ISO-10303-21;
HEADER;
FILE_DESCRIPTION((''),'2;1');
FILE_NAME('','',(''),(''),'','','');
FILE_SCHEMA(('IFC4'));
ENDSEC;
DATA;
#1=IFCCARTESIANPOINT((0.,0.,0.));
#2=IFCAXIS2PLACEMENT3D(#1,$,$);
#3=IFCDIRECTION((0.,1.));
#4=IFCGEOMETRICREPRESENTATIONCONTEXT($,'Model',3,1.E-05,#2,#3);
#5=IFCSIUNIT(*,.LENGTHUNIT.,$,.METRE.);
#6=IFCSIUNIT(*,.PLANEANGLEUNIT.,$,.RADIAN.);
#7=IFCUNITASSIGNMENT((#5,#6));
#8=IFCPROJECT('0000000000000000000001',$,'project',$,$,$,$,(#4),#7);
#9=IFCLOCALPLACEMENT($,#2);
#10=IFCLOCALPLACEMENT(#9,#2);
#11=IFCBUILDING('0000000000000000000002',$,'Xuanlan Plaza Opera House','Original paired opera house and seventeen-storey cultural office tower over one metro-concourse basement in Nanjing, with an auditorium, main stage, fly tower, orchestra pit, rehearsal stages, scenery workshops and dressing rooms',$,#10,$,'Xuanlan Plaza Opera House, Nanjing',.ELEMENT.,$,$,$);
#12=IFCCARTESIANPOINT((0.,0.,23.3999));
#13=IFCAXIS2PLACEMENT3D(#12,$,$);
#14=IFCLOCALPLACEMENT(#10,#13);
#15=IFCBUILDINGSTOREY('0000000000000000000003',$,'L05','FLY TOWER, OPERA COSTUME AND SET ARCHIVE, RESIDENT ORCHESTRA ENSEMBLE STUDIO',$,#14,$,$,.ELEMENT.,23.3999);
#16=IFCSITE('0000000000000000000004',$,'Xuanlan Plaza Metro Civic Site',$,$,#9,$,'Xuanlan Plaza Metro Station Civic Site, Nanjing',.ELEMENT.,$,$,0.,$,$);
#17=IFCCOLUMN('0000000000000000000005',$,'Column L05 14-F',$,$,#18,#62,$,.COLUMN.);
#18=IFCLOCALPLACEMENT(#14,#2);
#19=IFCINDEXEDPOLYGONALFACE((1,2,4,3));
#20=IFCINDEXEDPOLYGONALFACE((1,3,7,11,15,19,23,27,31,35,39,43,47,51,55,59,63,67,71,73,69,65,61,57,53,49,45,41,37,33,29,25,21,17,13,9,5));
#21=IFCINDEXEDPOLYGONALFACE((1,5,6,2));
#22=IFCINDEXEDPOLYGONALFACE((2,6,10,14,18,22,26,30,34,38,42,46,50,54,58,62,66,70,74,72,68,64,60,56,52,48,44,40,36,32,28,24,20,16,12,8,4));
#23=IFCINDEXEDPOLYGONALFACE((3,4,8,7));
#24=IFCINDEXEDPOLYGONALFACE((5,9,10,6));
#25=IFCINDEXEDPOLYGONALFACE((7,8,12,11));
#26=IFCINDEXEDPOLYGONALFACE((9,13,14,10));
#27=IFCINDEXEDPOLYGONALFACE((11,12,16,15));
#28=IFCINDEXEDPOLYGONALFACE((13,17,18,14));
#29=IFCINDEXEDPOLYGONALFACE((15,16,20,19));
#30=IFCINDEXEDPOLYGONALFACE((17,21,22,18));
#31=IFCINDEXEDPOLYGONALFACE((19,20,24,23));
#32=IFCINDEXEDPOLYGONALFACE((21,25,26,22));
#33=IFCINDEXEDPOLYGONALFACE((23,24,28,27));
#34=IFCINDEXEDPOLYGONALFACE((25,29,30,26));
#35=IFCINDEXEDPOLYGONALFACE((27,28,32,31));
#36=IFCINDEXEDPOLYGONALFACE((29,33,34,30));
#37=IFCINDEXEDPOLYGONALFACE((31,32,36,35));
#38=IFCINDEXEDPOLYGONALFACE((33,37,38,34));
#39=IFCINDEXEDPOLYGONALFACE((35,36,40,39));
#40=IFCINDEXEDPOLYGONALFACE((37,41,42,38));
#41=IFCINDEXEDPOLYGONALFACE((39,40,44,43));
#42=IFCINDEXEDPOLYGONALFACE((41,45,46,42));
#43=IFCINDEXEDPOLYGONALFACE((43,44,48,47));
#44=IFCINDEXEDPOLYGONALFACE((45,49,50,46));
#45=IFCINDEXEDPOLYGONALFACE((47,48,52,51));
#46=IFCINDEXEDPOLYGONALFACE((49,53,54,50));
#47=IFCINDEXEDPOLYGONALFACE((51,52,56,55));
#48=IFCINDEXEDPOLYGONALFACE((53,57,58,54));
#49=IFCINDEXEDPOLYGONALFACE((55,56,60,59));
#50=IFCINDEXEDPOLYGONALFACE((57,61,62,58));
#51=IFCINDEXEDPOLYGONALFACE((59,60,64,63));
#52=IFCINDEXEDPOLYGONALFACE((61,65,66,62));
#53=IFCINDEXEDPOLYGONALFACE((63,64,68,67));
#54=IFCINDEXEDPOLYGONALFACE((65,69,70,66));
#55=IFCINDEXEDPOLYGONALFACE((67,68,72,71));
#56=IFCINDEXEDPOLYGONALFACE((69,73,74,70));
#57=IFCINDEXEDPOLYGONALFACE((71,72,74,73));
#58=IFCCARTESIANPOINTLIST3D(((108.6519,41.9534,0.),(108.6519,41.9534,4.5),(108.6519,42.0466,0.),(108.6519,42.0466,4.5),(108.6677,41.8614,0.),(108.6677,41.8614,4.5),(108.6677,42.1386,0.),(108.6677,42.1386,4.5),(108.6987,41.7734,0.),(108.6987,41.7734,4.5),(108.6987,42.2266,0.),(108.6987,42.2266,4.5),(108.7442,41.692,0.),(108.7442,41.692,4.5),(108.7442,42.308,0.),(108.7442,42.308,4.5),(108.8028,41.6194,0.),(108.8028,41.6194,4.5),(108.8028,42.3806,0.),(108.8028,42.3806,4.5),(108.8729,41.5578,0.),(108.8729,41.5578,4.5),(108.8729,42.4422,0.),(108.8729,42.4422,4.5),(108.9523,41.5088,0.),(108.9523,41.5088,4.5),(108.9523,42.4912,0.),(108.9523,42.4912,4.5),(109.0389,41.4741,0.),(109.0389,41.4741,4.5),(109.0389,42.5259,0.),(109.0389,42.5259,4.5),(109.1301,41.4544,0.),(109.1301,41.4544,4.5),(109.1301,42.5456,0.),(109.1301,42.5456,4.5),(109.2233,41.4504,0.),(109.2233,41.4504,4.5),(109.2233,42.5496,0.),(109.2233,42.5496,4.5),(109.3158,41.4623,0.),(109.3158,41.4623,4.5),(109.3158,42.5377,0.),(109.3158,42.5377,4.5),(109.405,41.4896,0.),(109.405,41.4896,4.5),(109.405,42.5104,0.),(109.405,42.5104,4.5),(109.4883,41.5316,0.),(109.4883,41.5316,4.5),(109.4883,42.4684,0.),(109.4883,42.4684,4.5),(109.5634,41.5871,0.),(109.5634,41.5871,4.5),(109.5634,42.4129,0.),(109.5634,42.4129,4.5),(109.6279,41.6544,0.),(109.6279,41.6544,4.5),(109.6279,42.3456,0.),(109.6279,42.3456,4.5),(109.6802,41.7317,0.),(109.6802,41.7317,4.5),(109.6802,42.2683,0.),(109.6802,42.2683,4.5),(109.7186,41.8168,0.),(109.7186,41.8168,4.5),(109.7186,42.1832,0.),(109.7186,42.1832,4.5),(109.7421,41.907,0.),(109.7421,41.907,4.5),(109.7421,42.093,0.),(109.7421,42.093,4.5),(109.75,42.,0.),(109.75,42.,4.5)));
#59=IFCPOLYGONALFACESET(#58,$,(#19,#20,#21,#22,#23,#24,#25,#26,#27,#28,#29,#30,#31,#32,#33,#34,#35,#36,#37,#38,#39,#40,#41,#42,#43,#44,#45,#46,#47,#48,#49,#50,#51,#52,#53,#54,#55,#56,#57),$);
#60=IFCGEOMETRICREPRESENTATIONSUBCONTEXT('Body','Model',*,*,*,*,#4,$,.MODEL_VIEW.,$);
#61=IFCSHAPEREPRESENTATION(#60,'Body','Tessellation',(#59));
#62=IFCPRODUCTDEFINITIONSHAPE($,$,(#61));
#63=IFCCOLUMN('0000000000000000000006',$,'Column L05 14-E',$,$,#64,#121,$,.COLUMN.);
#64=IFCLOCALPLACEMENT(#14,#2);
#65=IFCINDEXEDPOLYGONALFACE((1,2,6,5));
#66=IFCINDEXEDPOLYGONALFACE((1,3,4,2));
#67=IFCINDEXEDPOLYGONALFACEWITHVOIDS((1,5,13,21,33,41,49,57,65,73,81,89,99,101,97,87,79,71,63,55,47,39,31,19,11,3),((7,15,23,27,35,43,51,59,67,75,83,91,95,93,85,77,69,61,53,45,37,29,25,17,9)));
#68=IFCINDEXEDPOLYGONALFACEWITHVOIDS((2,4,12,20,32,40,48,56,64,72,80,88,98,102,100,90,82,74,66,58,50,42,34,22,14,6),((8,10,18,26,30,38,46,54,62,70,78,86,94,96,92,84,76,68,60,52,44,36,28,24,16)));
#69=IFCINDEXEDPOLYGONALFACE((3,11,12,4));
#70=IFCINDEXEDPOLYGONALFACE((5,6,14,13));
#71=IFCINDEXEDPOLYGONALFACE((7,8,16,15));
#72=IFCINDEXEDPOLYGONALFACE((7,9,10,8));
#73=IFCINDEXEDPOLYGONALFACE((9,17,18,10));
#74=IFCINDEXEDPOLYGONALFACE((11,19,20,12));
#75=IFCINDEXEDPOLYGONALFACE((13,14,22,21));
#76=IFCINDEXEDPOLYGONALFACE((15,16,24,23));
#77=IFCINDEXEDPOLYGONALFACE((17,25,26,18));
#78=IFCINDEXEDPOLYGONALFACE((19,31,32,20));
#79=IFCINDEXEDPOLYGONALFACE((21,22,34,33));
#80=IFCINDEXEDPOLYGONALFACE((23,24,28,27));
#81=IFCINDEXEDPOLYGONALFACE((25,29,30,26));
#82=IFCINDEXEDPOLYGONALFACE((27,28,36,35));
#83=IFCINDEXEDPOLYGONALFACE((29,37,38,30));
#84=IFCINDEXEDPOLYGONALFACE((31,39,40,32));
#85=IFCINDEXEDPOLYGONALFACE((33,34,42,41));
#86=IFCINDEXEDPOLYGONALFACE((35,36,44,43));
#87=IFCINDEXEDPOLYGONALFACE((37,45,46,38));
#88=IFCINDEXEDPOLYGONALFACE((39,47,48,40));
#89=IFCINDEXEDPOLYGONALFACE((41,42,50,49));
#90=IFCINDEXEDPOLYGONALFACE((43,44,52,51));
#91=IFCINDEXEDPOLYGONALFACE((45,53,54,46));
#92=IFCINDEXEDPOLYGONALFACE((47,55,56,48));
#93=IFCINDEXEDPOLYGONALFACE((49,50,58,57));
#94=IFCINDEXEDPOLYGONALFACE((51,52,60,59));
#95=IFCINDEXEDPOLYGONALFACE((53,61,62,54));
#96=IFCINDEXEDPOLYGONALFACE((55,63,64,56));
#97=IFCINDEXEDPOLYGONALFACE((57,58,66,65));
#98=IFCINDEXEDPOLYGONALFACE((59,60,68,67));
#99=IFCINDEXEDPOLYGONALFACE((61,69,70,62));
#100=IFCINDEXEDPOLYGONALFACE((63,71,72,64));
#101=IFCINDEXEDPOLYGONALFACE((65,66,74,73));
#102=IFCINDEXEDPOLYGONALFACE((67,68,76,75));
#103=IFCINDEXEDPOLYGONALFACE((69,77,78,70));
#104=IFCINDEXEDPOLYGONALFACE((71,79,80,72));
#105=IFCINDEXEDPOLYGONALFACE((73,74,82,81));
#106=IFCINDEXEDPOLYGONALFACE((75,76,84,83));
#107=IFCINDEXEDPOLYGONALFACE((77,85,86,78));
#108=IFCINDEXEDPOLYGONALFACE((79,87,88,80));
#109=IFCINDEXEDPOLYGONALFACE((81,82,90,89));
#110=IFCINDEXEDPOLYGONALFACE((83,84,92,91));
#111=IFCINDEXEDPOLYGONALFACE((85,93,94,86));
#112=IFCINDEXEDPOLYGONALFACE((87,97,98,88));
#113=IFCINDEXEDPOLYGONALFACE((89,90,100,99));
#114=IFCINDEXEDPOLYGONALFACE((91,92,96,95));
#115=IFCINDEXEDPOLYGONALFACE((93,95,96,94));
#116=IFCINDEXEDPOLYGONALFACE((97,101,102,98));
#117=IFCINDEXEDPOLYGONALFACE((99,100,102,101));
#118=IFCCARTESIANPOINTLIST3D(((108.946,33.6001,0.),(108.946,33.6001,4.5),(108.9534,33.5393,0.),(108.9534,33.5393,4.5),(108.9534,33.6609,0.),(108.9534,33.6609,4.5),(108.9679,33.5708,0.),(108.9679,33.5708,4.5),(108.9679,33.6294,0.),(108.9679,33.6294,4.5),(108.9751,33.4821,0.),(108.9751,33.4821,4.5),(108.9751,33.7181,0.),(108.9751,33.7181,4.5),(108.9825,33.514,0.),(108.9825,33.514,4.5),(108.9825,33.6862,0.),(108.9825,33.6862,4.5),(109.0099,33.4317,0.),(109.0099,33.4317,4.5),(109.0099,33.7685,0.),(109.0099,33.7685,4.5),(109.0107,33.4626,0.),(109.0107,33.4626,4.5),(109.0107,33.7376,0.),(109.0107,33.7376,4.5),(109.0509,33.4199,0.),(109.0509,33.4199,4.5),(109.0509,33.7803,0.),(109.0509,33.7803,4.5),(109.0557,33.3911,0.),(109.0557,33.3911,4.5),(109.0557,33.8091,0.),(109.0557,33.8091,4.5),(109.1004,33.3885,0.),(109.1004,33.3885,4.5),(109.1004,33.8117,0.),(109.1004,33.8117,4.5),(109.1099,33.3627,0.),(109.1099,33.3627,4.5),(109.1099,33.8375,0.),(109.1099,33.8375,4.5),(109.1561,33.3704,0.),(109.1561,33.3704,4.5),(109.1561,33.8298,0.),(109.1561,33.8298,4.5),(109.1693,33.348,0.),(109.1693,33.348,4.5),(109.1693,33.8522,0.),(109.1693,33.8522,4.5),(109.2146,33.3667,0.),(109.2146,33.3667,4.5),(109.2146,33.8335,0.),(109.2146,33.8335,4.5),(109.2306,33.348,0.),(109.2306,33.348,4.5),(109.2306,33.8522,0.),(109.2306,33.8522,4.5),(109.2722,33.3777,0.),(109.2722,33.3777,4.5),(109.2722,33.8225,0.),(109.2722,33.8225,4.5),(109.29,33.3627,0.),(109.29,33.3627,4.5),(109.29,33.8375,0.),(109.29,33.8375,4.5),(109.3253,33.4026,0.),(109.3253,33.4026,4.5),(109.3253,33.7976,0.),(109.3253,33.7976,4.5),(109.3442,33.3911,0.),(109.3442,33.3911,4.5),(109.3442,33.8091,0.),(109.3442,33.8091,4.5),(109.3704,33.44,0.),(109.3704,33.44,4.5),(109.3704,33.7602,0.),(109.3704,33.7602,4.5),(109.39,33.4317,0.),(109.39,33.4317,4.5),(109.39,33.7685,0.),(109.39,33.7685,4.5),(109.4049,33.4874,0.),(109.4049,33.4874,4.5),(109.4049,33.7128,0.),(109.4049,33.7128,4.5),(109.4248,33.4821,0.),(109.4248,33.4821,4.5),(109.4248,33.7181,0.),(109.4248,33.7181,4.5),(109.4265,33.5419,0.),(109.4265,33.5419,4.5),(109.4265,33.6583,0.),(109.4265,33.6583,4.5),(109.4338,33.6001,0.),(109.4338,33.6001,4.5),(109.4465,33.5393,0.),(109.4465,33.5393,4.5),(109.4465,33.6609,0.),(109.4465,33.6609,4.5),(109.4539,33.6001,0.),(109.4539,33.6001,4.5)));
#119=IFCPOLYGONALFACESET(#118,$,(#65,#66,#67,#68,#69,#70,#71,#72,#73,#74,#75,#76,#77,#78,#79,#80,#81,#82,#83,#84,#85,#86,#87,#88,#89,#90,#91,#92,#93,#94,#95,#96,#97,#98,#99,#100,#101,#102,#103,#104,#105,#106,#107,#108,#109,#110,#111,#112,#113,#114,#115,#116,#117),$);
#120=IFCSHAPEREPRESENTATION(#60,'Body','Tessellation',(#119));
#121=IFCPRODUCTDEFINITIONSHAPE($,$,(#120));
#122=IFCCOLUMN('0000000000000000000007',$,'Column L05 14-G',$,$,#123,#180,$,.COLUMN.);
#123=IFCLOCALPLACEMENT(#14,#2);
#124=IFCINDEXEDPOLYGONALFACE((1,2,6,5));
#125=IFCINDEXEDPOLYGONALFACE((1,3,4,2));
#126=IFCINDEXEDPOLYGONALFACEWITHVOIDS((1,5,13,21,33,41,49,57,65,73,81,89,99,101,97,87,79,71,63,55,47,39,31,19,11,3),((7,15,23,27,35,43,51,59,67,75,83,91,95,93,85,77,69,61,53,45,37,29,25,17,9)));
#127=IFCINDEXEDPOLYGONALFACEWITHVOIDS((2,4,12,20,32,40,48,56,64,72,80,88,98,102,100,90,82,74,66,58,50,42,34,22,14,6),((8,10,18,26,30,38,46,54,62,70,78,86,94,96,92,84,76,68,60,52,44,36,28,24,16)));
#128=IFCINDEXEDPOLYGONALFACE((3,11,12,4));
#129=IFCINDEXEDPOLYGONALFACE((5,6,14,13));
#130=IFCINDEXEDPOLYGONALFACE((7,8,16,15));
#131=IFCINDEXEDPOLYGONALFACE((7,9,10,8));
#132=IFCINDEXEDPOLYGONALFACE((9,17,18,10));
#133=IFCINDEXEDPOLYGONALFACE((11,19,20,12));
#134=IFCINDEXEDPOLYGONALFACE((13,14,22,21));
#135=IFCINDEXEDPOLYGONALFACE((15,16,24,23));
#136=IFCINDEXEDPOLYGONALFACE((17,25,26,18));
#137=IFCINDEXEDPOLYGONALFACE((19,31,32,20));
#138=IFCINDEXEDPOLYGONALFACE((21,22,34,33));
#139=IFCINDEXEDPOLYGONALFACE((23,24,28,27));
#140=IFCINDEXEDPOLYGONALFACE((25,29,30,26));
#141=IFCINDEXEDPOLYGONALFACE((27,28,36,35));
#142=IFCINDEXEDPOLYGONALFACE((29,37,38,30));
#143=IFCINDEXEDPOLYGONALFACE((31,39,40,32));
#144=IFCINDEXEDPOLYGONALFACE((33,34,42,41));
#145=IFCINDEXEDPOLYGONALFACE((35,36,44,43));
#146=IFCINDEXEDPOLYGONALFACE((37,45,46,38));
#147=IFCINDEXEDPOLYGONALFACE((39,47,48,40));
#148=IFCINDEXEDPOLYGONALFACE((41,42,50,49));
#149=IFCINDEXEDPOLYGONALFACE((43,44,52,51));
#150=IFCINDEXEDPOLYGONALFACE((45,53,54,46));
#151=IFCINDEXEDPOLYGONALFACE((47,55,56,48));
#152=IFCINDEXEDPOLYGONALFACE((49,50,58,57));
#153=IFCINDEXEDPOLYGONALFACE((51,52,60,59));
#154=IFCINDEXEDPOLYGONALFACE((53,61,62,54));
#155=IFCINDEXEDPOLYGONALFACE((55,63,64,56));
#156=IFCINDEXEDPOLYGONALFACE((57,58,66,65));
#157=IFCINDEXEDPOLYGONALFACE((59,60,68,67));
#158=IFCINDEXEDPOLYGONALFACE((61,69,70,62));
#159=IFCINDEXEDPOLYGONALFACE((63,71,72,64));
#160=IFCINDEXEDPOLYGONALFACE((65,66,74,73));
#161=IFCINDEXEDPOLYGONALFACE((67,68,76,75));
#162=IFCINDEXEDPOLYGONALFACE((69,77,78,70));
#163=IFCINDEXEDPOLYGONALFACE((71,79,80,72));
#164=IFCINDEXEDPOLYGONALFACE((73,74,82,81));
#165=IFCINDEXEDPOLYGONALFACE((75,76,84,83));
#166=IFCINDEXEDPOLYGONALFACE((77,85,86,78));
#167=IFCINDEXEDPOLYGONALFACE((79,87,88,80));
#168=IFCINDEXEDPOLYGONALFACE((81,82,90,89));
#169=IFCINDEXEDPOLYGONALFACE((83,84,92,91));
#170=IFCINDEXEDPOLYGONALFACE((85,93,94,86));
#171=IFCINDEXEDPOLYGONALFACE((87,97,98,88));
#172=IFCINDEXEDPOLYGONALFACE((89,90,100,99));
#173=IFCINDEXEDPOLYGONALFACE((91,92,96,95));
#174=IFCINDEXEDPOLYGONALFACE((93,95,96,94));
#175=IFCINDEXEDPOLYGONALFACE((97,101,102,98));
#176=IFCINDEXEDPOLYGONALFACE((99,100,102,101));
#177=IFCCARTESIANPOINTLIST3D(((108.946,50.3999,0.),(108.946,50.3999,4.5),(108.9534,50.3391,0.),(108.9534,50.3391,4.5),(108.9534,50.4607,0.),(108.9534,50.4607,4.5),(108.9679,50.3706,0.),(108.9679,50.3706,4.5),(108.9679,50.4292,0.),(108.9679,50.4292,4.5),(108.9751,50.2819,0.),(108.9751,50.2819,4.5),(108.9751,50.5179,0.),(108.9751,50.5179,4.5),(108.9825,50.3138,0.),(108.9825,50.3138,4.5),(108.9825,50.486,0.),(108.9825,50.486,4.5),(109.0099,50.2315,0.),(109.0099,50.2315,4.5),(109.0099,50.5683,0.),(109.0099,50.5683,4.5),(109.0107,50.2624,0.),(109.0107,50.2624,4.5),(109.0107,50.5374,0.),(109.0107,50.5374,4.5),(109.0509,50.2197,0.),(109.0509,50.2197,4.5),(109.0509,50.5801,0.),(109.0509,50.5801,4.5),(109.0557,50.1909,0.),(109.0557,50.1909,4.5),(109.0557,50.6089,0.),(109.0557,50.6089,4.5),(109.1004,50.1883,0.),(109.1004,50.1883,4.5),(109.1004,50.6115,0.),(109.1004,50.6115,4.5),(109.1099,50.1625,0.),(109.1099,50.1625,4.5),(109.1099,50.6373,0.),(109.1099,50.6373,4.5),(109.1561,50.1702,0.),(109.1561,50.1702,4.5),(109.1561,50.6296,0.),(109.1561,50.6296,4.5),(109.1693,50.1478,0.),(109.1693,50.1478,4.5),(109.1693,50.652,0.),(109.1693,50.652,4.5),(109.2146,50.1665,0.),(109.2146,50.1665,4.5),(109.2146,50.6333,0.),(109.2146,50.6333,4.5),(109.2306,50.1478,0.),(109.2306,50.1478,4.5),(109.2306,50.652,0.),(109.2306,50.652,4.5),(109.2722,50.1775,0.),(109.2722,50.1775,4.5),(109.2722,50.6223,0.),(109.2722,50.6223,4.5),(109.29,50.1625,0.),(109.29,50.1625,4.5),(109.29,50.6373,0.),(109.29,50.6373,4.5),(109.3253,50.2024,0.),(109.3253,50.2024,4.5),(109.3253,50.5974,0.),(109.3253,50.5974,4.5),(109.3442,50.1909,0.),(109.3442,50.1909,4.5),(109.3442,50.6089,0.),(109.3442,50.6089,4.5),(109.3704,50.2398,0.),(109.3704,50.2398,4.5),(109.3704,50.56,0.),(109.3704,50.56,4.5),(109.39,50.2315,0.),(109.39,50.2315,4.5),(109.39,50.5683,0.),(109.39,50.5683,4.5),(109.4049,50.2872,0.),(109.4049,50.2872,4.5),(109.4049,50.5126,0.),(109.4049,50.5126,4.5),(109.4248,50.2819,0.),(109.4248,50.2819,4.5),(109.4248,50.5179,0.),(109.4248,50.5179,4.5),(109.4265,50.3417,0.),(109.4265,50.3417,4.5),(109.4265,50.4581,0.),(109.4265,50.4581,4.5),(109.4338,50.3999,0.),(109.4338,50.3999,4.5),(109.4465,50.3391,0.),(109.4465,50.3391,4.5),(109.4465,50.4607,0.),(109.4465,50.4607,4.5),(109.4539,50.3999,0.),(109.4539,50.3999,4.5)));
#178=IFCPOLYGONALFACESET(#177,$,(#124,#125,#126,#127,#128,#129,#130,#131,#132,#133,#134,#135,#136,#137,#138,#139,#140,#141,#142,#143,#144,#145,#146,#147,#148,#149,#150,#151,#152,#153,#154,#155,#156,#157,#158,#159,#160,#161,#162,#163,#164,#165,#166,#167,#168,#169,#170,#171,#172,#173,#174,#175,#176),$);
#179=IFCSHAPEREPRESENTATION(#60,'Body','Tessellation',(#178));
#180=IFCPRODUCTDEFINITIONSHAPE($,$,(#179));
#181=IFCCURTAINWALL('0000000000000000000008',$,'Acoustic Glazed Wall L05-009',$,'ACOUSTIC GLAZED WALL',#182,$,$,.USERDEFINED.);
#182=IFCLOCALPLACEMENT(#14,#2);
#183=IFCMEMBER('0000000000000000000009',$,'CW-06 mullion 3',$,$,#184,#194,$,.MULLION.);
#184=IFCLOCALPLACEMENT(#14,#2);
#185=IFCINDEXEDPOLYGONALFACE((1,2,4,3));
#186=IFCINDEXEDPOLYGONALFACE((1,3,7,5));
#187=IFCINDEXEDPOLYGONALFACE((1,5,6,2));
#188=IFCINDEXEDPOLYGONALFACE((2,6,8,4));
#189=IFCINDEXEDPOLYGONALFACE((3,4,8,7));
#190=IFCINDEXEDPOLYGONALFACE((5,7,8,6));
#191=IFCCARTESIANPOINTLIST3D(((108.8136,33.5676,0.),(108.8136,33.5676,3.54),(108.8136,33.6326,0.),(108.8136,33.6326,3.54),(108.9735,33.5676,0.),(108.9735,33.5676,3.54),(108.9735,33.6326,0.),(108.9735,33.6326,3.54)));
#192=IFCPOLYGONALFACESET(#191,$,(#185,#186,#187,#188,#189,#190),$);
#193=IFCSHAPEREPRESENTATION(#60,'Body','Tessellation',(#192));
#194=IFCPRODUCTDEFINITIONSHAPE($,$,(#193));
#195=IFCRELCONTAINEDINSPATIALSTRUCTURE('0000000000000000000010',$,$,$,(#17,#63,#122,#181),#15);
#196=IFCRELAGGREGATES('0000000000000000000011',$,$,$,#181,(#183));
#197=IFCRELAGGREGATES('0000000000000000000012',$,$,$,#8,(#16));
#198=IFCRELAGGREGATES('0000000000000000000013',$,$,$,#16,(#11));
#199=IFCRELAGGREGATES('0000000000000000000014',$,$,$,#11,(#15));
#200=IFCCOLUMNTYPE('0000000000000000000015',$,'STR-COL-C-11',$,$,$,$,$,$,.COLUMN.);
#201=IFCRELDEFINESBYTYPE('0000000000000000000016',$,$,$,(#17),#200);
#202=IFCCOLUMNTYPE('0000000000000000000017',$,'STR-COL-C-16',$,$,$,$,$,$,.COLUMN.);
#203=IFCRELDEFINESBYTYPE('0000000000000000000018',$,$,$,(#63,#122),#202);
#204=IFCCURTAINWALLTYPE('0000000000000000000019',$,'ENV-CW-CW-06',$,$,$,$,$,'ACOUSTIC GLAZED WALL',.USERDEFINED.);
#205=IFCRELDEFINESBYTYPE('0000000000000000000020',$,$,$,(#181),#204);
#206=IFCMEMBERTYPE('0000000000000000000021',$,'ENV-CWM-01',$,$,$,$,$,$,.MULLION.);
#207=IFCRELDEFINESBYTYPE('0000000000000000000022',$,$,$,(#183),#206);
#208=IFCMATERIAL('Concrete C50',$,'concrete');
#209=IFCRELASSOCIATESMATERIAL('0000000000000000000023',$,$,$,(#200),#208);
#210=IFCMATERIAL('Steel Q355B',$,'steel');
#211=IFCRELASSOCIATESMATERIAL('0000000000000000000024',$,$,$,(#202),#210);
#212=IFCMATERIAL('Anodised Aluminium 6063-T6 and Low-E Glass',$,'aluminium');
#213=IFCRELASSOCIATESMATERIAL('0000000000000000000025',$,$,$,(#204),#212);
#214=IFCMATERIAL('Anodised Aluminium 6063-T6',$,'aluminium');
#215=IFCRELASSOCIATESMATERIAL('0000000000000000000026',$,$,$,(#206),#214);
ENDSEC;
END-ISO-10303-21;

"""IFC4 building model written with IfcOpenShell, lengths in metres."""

from ifc_helpers import new_model, si_unit, direction, frame, origin, origin_2d, place, context, subcontext, project, spatial, rectangle, circle, hollow_circle, extrude, material, material_profile, profile_set, type_object, element, aggregate, save


model = new_model("IFC4")

# Units and contexts
model_context = context("Model", 3, precision=1e-05, world=origin(), true_north=direction((0.0, 1.0)))
body_context = subcontext(model_context, "Body", "Model", "MODEL_VIEW")
ifc_project = project(units=[si_unit("LENGTHUNIT", "METRE"), si_unit("PLANEANGLEUNIT", "RADIAN")], contexts=[model_context])

# Site, building, storey
site_placement = place(None, origin())
site = spatial("IfcSite", under=ifc_project, at=site_placement, Name="Xuanlan Plaza Metro Civic Site", LongName="Xuanlan Plaza Metro Station Civic Site, Nanjing", CompositionType="ELEMENT", RefElevation=0.0)
building_placement = place(site_placement, origin())
building = spatial("IfcBuilding", under=site, at=building_placement, Name="Xuanlan Plaza Opera House", Description="Original paired opera house and seventeen-storey cultural office tower over one metro-concourse basement in Nanjing, with an auditorium, main stage, fly tower, orchestra pit, rehearsal stages, scenery workshops and dressing rooms", LongName="Xuanlan Plaza Opera House, Nanjing", CompositionType="ELEMENT")
storey_placement = place(building_placement, frame((0.0, 0.0, 23.3999)))
storey = spatial("IfcBuildingStorey", under=building, at=storey_placement, Name="L05", Description="FLY TOWER, OPERA COSTUME AND SET ARCHIVE, RESIDENT ORCHESTRA ENSEMBLE STUDIO", CompositionType="ELEMENT", Elevation=23.3999)

# Columns
ifc_material_1 = material(Name="Concrete C50", Category="concrete")
ifc_material_profile_1 = material_profile(ifc_material_1, circle(Radius=0.55, at=origin_2d()), Name="RC-COL D1100")
ifc_profile_set_1 = profile_set([ifc_material_profile_1], Name="Concrete C50")
column_type_1 = type_object("IfcColumnType", Name="STR-COL-C-11", PredefinedType="COLUMN", material=ifc_profile_set_1)
column_placement = place(storey_placement, frame((109.2, 42.0, 0.0), z_axis=(0.0, 0.0, 1.0), x_axis=(1.0, 0.0, 0.0)))
element("IfcColumn", 1, at=column_placement, inside=storey, type_object=column_type_1, Name="Column L05 14-F", PredefinedType="COLUMN", context=body_context, shape_type="SweptSolid", body=[
    extrude(circle(Radius=0.55, at=origin_2d()), origin(), (0.0, 0.0, 1.0), 4.5),
])
ifc_material_2 = material(Name="Steel Q355B", Category="steel")
ifc_material_profile_2 = material_profile(ifc_material_2, hollow_circle(Radius=0.2539, WallThickness=0.02, at=origin_2d()), Name="CHS 508x20")
ifc_profile_set_2 = profile_set([ifc_material_profile_2], Name="Steel Q355B")
column_type_2 = type_object("IfcColumnType", Name="STR-COL-C-16", PredefinedType="COLUMN", material=ifc_profile_set_2)
for number, where, z_axis, x_axis, name in (
    (2, (109.2, 33.6001, 0.0), (0.0, 0.0, 1.0), (1.0, 0.0, 0.0), "Column L05 14-E"),
    (3, (109.2, 50.3999, 0.0), (0.0, 0.0, 1.0), (1.0, 0.0, 0.0), "Column L05 14-G"),
):
    element("IfcColumn", number, at=place(storey_placement, frame(where, z_axis=z_axis, x_axis=x_axis)), inside=storey, type_object=column_type_2, Name=name, PredefinedType="COLUMN", context=body_context, shape_type="SweptSolid", body=[
        extrude(hollow_circle(Radius=0.2539, WallThickness=0.02, at=origin_2d()), origin(), (0.0, 0.0, 1.0), 4.5),
    ])

# Curtain wall, member
ifc_material_3 = material(Name="Anodised Aluminium 6063-T6 and Low-E Glass", Category="aluminium")
curtain_wall_type_1 = type_object("IfcCurtainWallType", Name="ENV-CW-CW-06", ElementType="ACOUSTIC GLAZED WALL", PredefinedType="USERDEFINED", material=ifc_material_3)
curtain_wall_1_placement = place(storey_placement, origin())
curtain_wall_1 = element("IfcCurtainWall", 4, at=curtain_wall_1_placement, inside=storey, type_object=curtain_wall_type_1, Name="Acoustic Glazed Wall L05-009", ObjectType="ACOUSTIC GLAZED WALL", PredefinedType="USERDEFINED")
ifc_material_4 = material(Name="Anodised Aluminium 6063-T6", Category="aluminium")
ifc_material_profile_3 = material_profile(ifc_material_4, rectangle(XDim=0.0649, YDim=0.1599, at=origin_2d()), Name="ALU-M 65x160")
ifc_profile_set_3 = profile_set([ifc_material_profile_3], Name="Anodised Aluminium 6063-T6")
member_type_1 = type_object("IfcMemberType", Name="ENV-CWM-01", PredefinedType="MULLION", material=ifc_profile_set_3)
member_1_placement = place(storey_placement, frame((108.8936, 33.6001, 0.0), z_axis=(0.0, 0.0, 1.0), x_axis=(0.0, 1.0, 0.0)))
member_1 = element("IfcMember", 5, at=member_1_placement, type_object=member_type_1, Name="CW-06 mullion 3", PredefinedType="MULLION", context=body_context, shape_type="SweptSolid", body=[
    extrude(rectangle(XDim=0.0649, YDim=0.1599, at=origin_2d()), origin(), (0.0, 0.0, 1.0), 3.54),
])

aggregate(curtain_wall_1, [member_1])

save(model, "model.ifc")
